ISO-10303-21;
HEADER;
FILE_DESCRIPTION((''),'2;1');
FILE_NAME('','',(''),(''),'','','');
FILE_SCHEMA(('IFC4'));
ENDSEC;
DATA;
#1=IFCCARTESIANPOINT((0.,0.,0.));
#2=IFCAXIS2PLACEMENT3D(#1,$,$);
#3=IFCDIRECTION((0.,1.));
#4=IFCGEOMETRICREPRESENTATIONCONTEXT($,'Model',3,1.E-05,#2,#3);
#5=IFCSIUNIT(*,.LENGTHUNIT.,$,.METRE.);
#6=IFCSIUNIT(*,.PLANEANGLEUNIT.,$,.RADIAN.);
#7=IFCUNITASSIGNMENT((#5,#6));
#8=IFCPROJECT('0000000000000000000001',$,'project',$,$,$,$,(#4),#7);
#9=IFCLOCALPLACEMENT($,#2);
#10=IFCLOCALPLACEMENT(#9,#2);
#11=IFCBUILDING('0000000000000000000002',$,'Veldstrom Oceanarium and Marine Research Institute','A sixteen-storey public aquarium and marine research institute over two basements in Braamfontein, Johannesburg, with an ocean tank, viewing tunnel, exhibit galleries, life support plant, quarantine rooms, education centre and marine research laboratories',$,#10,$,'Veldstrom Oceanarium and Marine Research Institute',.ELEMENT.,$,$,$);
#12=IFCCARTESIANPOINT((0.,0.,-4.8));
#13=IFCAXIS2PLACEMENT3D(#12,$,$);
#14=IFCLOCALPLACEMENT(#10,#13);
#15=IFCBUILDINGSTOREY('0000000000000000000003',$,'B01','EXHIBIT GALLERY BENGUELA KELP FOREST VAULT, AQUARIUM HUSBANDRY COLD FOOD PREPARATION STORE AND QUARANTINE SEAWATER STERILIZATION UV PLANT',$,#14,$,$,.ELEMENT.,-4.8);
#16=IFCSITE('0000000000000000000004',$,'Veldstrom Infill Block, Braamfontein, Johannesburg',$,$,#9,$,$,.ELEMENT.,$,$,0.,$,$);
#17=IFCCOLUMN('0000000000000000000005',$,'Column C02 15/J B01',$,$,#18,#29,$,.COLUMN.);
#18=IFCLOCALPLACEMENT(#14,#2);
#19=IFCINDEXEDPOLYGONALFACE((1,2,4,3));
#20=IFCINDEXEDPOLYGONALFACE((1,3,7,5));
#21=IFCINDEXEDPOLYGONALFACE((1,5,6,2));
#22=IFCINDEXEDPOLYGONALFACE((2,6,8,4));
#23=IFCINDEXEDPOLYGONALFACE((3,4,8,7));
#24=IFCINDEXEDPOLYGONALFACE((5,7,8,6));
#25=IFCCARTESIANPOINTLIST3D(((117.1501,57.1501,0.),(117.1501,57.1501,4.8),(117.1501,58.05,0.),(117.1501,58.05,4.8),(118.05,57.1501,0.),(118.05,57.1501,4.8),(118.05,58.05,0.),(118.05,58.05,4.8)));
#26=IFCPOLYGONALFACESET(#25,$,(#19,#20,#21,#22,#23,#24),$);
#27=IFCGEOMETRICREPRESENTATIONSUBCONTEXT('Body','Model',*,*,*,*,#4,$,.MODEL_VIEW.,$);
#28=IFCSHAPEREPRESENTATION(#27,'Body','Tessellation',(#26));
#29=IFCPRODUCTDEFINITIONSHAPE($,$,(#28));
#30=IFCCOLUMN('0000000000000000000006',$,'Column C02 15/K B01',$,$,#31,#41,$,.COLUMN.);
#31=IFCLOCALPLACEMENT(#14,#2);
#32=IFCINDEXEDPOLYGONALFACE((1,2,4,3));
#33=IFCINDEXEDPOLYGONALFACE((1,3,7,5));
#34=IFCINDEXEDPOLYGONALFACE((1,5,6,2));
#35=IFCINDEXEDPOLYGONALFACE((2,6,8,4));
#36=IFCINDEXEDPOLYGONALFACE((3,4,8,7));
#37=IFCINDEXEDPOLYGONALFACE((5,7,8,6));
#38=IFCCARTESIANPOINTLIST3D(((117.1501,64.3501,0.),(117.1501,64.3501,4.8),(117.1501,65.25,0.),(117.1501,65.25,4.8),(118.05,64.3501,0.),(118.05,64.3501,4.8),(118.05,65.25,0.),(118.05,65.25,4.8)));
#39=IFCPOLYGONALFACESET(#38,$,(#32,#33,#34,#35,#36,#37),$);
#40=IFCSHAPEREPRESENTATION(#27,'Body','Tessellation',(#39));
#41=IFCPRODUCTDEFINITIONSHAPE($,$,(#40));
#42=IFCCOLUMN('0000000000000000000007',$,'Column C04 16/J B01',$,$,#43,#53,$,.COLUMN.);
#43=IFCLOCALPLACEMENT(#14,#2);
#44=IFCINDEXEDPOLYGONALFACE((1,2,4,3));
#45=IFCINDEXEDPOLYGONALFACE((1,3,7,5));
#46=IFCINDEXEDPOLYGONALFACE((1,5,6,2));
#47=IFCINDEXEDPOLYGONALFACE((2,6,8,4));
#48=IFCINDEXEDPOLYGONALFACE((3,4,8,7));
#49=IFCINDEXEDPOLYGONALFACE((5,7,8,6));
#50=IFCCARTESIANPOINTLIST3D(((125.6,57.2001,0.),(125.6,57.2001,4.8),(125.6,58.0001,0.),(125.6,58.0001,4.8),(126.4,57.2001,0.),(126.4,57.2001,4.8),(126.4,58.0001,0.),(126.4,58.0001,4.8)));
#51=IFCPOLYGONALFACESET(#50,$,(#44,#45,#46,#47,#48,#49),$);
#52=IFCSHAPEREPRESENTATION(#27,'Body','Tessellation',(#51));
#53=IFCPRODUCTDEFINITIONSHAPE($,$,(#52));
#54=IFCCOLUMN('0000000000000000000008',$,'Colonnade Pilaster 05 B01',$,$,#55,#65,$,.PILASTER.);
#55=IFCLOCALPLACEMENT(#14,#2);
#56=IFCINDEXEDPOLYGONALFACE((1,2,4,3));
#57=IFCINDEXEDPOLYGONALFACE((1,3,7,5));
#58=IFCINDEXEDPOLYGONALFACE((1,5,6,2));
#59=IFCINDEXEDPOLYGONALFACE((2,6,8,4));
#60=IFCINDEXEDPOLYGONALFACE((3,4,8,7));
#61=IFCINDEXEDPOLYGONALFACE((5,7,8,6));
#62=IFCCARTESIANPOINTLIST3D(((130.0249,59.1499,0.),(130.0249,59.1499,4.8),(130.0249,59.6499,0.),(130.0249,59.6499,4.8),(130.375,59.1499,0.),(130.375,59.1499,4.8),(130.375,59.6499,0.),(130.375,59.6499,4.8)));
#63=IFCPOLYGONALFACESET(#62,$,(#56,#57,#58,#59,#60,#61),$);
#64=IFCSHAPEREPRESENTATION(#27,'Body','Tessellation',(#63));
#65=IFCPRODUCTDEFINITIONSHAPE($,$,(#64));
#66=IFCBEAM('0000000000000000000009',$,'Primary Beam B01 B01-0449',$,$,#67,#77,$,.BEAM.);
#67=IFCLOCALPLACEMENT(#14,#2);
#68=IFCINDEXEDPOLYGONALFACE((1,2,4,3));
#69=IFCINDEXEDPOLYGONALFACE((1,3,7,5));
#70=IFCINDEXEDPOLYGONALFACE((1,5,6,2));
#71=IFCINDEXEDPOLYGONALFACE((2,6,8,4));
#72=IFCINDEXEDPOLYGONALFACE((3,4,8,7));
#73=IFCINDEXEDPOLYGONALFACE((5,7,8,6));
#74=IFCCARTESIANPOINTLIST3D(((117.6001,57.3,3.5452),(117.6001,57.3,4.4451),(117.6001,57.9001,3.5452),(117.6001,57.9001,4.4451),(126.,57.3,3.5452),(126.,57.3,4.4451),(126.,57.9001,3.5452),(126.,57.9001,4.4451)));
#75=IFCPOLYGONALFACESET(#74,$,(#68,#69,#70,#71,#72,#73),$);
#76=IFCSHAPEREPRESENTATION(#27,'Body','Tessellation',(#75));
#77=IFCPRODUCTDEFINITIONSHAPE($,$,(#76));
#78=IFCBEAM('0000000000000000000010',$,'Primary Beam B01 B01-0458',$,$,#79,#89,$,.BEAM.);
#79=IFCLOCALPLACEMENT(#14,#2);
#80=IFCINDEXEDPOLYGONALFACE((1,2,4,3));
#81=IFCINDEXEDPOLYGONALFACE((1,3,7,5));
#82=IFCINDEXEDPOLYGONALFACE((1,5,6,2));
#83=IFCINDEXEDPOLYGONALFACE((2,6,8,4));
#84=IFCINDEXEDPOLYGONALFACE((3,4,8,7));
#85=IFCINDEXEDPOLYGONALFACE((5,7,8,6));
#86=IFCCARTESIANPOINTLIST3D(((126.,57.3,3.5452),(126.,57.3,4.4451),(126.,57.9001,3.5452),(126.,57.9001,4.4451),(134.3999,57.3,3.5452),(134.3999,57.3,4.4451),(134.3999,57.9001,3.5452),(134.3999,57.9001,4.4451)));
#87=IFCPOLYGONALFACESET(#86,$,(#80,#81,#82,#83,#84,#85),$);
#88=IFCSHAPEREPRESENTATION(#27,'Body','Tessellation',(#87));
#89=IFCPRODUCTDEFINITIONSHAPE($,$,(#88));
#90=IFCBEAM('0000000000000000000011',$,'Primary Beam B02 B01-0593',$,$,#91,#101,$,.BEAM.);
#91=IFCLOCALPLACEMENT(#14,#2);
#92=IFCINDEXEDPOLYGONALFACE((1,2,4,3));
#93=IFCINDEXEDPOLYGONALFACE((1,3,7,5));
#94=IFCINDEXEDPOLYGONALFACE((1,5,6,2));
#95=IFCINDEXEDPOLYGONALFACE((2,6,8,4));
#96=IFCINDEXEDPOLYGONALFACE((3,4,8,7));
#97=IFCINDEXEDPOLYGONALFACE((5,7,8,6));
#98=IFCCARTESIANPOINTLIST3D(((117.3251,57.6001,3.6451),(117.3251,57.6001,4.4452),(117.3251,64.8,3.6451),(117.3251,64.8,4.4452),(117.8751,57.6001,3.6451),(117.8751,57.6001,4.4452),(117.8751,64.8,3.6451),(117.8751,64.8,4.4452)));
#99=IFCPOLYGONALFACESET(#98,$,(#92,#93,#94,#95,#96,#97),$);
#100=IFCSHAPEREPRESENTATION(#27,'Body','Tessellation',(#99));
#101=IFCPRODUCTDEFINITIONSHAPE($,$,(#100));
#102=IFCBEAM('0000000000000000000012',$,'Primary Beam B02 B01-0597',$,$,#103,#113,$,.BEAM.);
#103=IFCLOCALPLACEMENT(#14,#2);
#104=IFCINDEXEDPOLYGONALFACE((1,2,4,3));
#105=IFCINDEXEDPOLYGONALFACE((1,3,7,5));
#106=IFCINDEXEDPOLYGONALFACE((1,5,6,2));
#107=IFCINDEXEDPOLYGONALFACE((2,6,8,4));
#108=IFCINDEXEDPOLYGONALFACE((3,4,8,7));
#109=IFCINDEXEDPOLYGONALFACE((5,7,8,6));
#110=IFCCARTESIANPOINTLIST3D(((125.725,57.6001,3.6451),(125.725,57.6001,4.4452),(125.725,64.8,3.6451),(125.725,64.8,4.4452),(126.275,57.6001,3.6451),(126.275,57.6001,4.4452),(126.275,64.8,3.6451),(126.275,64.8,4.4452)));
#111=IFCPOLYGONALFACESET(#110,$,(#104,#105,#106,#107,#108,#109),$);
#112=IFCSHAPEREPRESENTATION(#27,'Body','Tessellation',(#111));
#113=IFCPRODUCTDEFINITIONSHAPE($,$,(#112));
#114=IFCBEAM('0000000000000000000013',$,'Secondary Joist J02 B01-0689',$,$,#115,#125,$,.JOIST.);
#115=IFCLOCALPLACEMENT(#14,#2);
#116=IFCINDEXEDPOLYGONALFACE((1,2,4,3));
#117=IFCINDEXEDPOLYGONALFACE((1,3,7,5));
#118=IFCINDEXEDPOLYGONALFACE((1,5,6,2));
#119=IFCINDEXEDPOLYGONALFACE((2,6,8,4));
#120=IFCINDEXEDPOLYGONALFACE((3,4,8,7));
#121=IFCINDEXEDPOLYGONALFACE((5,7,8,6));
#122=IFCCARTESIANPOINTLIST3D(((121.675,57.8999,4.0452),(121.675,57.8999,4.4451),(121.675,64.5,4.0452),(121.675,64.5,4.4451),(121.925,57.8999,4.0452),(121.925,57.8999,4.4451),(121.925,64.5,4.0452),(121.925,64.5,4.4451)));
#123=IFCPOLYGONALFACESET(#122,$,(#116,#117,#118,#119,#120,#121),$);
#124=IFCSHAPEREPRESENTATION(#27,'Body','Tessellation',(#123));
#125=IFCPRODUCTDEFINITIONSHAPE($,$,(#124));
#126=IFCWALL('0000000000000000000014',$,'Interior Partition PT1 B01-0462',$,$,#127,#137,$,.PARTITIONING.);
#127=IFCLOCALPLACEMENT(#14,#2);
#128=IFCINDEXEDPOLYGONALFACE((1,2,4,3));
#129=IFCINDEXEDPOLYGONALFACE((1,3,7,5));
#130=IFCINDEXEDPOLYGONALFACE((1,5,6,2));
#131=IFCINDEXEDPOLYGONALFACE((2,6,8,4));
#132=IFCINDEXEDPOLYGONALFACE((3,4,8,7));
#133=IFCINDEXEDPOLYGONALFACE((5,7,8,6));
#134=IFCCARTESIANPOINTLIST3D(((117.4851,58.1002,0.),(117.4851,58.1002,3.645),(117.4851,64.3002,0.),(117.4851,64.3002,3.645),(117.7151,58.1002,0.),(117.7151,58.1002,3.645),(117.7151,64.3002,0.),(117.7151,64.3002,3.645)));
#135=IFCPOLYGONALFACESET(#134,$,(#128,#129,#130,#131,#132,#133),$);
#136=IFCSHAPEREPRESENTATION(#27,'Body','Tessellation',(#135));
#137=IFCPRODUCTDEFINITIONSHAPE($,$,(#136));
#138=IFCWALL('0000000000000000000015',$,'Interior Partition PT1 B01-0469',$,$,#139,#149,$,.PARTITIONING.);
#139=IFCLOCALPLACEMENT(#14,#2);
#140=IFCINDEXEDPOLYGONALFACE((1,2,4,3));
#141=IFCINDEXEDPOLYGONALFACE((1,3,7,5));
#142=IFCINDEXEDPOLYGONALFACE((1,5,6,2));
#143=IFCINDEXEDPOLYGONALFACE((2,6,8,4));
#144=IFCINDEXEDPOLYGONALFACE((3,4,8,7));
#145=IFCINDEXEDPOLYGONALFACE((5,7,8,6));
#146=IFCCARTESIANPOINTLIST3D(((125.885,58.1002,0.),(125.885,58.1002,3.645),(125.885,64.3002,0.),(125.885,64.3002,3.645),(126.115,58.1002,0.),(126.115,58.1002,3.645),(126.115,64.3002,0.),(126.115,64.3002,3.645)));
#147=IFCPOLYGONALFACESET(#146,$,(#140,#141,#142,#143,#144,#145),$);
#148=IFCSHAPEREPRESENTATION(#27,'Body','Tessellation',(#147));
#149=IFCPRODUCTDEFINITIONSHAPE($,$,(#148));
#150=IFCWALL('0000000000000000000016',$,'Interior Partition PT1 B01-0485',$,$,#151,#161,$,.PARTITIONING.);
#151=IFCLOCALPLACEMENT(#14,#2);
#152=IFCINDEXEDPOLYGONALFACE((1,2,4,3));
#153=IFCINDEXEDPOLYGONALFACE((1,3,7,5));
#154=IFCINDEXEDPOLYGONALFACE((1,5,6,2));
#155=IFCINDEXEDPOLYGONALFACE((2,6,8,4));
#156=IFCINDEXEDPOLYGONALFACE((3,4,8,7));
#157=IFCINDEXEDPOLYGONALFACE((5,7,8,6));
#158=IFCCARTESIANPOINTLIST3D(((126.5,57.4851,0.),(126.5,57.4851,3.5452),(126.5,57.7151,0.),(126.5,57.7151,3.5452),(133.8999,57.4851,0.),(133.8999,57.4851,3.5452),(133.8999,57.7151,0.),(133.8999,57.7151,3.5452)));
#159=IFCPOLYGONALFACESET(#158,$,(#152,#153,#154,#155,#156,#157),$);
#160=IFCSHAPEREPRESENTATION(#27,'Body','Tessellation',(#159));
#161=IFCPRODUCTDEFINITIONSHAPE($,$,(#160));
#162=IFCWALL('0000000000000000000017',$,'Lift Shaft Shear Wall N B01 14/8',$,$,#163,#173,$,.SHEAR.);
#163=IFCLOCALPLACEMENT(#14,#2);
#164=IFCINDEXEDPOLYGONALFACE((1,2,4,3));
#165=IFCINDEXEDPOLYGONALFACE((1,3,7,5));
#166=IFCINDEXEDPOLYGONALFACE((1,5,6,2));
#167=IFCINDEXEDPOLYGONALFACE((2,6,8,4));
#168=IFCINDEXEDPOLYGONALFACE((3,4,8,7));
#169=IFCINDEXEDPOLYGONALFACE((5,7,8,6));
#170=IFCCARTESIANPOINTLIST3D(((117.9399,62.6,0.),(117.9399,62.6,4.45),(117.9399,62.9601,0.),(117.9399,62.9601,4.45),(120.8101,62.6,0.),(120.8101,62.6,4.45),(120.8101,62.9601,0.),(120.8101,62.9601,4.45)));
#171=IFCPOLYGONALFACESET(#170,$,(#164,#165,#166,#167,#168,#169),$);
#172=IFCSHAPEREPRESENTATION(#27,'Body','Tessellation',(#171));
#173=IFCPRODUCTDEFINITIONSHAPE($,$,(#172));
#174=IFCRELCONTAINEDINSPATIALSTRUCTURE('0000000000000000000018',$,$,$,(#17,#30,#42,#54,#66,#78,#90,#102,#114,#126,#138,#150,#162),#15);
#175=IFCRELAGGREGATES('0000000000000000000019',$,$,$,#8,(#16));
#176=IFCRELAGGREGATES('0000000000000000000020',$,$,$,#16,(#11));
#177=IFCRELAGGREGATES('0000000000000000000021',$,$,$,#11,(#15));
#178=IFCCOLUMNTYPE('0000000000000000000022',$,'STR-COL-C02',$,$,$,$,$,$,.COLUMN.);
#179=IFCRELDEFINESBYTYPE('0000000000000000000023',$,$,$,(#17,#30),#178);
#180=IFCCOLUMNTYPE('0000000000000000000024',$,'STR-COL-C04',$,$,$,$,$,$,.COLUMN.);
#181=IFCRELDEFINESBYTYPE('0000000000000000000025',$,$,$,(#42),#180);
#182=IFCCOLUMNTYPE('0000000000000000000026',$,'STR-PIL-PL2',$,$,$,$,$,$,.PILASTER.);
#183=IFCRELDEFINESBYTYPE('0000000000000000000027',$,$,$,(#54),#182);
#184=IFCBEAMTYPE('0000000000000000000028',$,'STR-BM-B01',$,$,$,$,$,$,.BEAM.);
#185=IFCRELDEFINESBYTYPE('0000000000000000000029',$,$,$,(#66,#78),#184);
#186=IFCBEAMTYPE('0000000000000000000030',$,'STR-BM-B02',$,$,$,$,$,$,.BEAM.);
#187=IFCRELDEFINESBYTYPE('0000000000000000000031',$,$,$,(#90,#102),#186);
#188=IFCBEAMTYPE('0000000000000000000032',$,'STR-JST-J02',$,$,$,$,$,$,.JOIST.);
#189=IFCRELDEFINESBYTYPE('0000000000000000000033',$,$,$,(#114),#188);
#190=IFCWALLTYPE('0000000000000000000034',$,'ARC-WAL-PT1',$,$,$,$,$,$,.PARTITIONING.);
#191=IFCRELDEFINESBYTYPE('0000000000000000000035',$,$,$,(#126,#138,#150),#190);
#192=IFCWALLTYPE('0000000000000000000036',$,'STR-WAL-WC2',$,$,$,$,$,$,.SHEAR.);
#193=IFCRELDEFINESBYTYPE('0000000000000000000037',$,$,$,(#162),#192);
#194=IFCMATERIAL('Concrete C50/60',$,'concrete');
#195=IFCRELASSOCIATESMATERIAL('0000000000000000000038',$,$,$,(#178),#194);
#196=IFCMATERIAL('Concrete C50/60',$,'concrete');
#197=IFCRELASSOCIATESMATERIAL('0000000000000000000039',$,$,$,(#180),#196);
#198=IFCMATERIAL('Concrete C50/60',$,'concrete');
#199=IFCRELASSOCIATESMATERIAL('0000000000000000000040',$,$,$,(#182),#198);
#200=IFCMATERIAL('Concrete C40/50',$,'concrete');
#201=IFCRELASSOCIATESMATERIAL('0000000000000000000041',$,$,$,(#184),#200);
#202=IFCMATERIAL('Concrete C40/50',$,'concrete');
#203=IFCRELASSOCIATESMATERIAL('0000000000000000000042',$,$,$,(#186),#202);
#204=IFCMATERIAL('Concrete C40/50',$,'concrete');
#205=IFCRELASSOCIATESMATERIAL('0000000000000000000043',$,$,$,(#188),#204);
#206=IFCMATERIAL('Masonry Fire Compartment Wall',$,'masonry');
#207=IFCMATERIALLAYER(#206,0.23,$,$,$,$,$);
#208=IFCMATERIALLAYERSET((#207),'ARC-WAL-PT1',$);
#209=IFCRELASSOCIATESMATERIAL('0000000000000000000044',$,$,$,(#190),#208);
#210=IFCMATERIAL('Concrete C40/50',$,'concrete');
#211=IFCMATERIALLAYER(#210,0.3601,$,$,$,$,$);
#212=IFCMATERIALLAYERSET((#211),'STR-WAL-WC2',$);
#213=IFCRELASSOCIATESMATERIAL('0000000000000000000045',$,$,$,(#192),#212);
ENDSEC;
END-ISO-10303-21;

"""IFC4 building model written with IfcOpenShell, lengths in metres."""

from ifc_helpers import new_model, si_unit, direction, frame, frame_2d, origin, origin_2d, place, context, subcontext, project, spatial, rectangle, extrude, material, layer, layer_set, material_profile, profile_set, type_object, element, save


model = new_model("IFC4")

# Units and contexts
model_context = context("Model", 3, precision=1e-05, world=origin(), true_north=direction((0.0, 1.0)))
body_context = subcontext(model_context, "Body", "Model", "MODEL_VIEW")
ifc_project = project(units=[si_unit("LENGTHUNIT", "METRE"), si_unit("PLANEANGLEUNIT", "RADIAN")], contexts=[model_context])

# Site, building, storey
site_placement = place(None, origin())
site = spatial("IfcSite", under=ifc_project, at=site_placement, Name="Veldstrom Infill Block, Braamfontein, Johannesburg", CompositionType="ELEMENT", RefElevation=0.0)
building_placement = place(site_placement, origin())
building = spatial("IfcBuilding", under=site, at=building_placement, Name="Veldstrom Oceanarium and Marine Research Institute", Description="A sixteen-storey public aquarium and marine research institute over two basements in Braamfontein, Johannesburg, with an ocean tank, viewing tunnel, exhibit galleries, life support plant, quarantine rooms, education centre and marine research laboratories", LongName="Veldstrom Oceanarium and Marine Research Institute", CompositionType="ELEMENT")
storey_placement = place(building_placement, frame((0.0, 0.0, -4.8)))
storey = spatial("IfcBuildingStorey", under=building, at=storey_placement, Name="B01", Description="EXHIBIT GALLERY BENGUELA KELP FOREST VAULT, AQUARIUM HUSBANDRY COLD FOOD PREPARATION STORE AND QUARANTINE SEAWATER STERILIZATION UV PLANT", CompositionType="ELEMENT", Elevation=-4.8)

# Columns
ifc_material_1 = material(Name="Concrete C50/60", Category="concrete")
ifc_material_profile_1 = material_profile(ifc_material_1, rectangle(XDim=0.8999, YDim=0.8999, at=origin_2d()), Name="RC-COL-900x900")
ifc_profile_set_1 = profile_set([ifc_material_profile_1], Name="Concrete C50/60")
column_type_1 = type_object("IfcColumnType", Name="STR-COL-C02", PredefinedType="COLUMN", material=ifc_profile_set_1)
for number, where, z_axis, x_axis, name in (
    (1, (117.6001, 57.6001, 0.0), (0.0, 0.0, 1.0), (1.0, 0.0, 0.0), "Column C02 15/J B01"),
    (2, (117.6001, 64.8, 0.0), (0.0, 0.0, 1.0), (1.0, 0.0, 0.0), "Column C02 15/K B01"),
):
    element("IfcColumn", number, at=place(storey_placement, frame(where, z_axis=z_axis, x_axis=x_axis)), inside=storey, type_object=column_type_1, Name=name, PredefinedType="COLUMN", context=body_context, shape_type="SweptSolid", body=[
        extrude(rectangle(XDim=0.8999, YDim=0.8999, at=origin_2d()), origin(), (0.0, 0.0, 1.0), 4.8),
    ])
ifc_material_2 = material(Name="Concrete C50/60", Category="concrete")
ifc_material_profile_2 = material_profile(ifc_material_2, rectangle(XDim=0.8, YDim=0.8, at=origin_2d()), Name="RC-COL-800x800")
ifc_profile_set_2 = profile_set([ifc_material_profile_2], Name="Concrete C50/60")
column_type_2 = type_object("IfcColumnType", Name="STR-COL-C04", PredefinedType="COLUMN", material=ifc_profile_set_2)
column_1_placement = place(storey_placement, frame((126.0, 57.6001, 0.0), z_axis=(0.0, 0.0, 1.0), x_axis=(1.0, 0.0, 0.0)))
element("IfcColumn", 3, at=column_1_placement, inside=storey, type_object=column_type_2, Name="Column C04 16/J B01", PredefinedType="COLUMN", context=body_context, shape_type="SweptSolid", body=[
    extrude(rectangle(XDim=0.8, YDim=0.8, at=origin_2d()), origin(), (0.0, 0.0, 1.0), 4.8),
])
ifc_material_3 = material(Name="Concrete C50/60", Category="concrete")
ifc_material_profile_3 = material_profile(ifc_material_3, rectangle(XDim=0.3501, YDim=0.5, at=origin_2d()), Name="RC-PIL-500x350")
ifc_profile_set_3 = profile_set([ifc_material_profile_3], Name="Concrete C50/60")
column_type_3 = type_object("IfcColumnType", Name="STR-PIL-PL2", PredefinedType="PILASTER", material=ifc_profile_set_3)
column_2_placement = place(storey_placement, frame((130.2, 59.3999, 0.0), z_axis=(0.0, 0.0, 1.0), x_axis=(1.0, 0.0, 0.0)))
element("IfcColumn", 4, at=column_2_placement, inside=storey, type_object=column_type_3, Name="Colonnade Pilaster 05 B01", PredefinedType="PILASTER", context=body_context, shape_type="SweptSolid", body=[
    extrude(rectangle(XDim=0.3501, YDim=0.5, at=origin_2d()), origin(), (0.0, 0.0, 1.0), 4.8),
])

# Beams
ifc_material_4 = material(Name="Concrete C40/50", Category="concrete")
ifc_material_profile_4 = material_profile(ifc_material_4, rectangle(XDim=0.6001, YDim=0.8999, at=origin_2d()), Name="RC-BM-600x900")
ifc_profile_set_4 = profile_set([ifc_material_profile_4], Name="Concrete C40/50")
beam_type_1 = type_object("IfcBeamType", Name="STR-BM-B01", PredefinedType="BEAM", material=ifc_profile_set_4)
for number, where, z_axis, x_axis, name in (
    (5, (117.6001, 57.6001, 3.9951), (1.0, 0.0, 0.0), (0.0, 1.0, 0.0), "Primary Beam B01 B01-0449"),
    (6, (126.0, 57.6001, 3.9951), (1.0, 0.0, 0.0), (0.0, 1.0, 0.0), "Primary Beam B01 B01-0458"),
):
    element("IfcBeam", number, at=place(storey_placement, frame(where, z_axis=z_axis, x_axis=x_axis)), inside=storey, type_object=beam_type_1, Name=name, PredefinedType="BEAM", context=body_context, shape_type="SweptSolid", body=[
        extrude(rectangle(XDim=0.6001, YDim=0.8999, at=origin_2d()), origin(), (0.0, 0.0, 1.0), 8.3999),
    ])
ifc_material_5 = material(Name="Concrete C40/50", Category="concrete")
ifc_material_profile_5 = material_profile(ifc_material_5, rectangle(XDim=0.55, YDim=0.8, at=origin_2d()), Name="RC-BM-550x800")
ifc_profile_set_5 = profile_set([ifc_material_profile_5], Name="Concrete C40/50")
beam_type_2 = type_object("IfcBeamType", Name="STR-BM-B02", PredefinedType="BEAM", material=ifc_profile_set_5)
for number, where, z_axis, x_axis, name in (
    (7, (117.6001, 57.6001, 4.0452), (0.0, 1.0, 0.0), (-1.0, 0.0, 0.0), "Primary Beam B02 B01-0593"),
    (8, (126.0, 57.6001, 4.0452), (0.0, 1.0, 0.0), (-1.0, 0.0, 0.0), "Primary Beam B02 B01-0597"),
):
    element("IfcBeam", number, at=place(storey_placement, frame(where, z_axis=z_axis, x_axis=x_axis)), inside=storey, type_object=beam_type_2, Name=name, PredefinedType="BEAM", context=body_context, shape_type="SweptSolid", body=[
        extrude(rectangle(XDim=0.55, YDim=0.8, at=origin_2d()), origin(), (0.0, 0.0, 1.0), 7.2),
    ])
ifc_material_6 = material(Name="Concrete C40/50", Category="concrete")
ifc_material_profile_6 = material_profile(ifc_material_6, rectangle(XDim=0.25, YDim=0.3999, at=origin_2d()), Name="RC-JST-250x400")
ifc_profile_set_6 = profile_set([ifc_material_profile_6], Name="Concrete C40/50")
beam_type_3 = type_object("IfcBeamType", Name="STR-JST-J02", PredefinedType="JOIST", material=ifc_profile_set_6)
beam_placement = place(storey_placement, frame((121.8, 57.8999, 4.2451), z_axis=(0.0, 1.0, 0.0), x_axis=(-1.0, 0.0, 0.0)))
element("IfcBeam", 9, at=beam_placement, inside=storey, type_object=beam_type_3, Name="Secondary Joist J02 B01-0689", PredefinedType="JOIST", context=body_context, shape_type="SweptSolid", body=[
    extrude(rectangle(XDim=0.25, YDim=0.3999, at=origin_2d()), origin(), (0.0, 0.0, 1.0), 6.6001),
])

# Wall
ifc_material_7 = material(Name="Masonry Fire Compartment Wall", Category="masonry")
ifc_layer_1 = layer(ifc_material_7, 0.23)
ifc_layer_set_1 = layer_set([ifc_layer_1], Name="ARC-WAL-PT1")
wall_type_1 = type_object("IfcWallType", Name="ARC-WAL-PT1", PredefinedType="PARTITIONING", material=ifc_layer_set_1)
wall_1_placement = place(storey_placement, frame((117.6001, 58.1001, 0.0), z_axis=(0.0, 0.0, 1.0), x_axis=(0.0, 1.0, 0.0)))
element("IfcWall", 10, at=wall_1_placement, inside=storey, type_object=wall_type_1, Name="Interior Partition PT1 B01-0462", PredefinedType="PARTITIONING", context=body_context, shape_type="SweptSolid", body=[
    extrude(rectangle(XDim=6.2, YDim=0.23, at=frame_2d((3.1001, 0.0))), origin(), (0.0, 0.0, 1.0), 3.645),
])

# Walls
wall_2_placement = place(storey_placement, frame((126.0, 58.1001, 0.0), z_axis=(0.0, 0.0, 1.0), x_axis=(0.0, 1.0, 0.0)))
element("IfcWall", 11, at=wall_2_placement, inside=storey, type_object=wall_type_1, Name="Interior Partition PT1 B01-0469", PredefinedType="PARTITIONING", context=body_context, shape_type="SweptSolid", body=[
    extrude(rectangle(XDim=6.2, YDim=0.23, at=frame_2d((3.1001, 0.0))), origin(), (0.0, 0.0, 1.0), 3.645),
])
wall_3_placement = place(storey_placement, frame((126.5, 57.6001, 0.0), z_axis=(0.0, 0.0, 1.0), x_axis=(1.0, 0.0, 0.0)))
element("IfcWall", 12, at=wall_3_placement, inside=storey, type_object=wall_type_1, Name="Interior Partition PT1 B01-0485", PredefinedType="PARTITIONING", context=body_context, shape_type="SweptSolid", body=[
    extrude(rectangle(XDim=7.3999, YDim=0.23, at=frame_2d((3.7, 0.0))), origin(), (0.0, 0.0, 1.0), 3.5452),
])
ifc_material_8 = material(Name="Concrete C40/50", Category="concrete")
ifc_layer_2 = layer(ifc_material_8, 0.3601)
ifc_layer_set_2 = layer_set([ifc_layer_2], Name="STR-WAL-WC2")
wall_type_2 = type_object("IfcWallType", Name="STR-WAL-WC2", PredefinedType="SHEAR", material=ifc_layer_set_2)
wall_4_placement = place(storey_placement, frame((117.9399, 62.78, 0.0), z_axis=(0.0, 0.0, 1.0), x_axis=(1.0, 0.0, 0.0)))
element("IfcWall", 13, at=wall_4_placement, inside=storey, type_object=wall_type_2, Name="Lift Shaft Shear Wall N B01 14/8", PredefinedType="SHEAR", context=body_context, shape_type="SweptSolid", body=[
    extrude(rectangle(XDim=2.8701, YDim=0.3601, at=frame_2d((1.4351, 0.0))), origin(), (0.0, 0.0, 1.0), 4.45),
])

save(model, "model.ifc")
